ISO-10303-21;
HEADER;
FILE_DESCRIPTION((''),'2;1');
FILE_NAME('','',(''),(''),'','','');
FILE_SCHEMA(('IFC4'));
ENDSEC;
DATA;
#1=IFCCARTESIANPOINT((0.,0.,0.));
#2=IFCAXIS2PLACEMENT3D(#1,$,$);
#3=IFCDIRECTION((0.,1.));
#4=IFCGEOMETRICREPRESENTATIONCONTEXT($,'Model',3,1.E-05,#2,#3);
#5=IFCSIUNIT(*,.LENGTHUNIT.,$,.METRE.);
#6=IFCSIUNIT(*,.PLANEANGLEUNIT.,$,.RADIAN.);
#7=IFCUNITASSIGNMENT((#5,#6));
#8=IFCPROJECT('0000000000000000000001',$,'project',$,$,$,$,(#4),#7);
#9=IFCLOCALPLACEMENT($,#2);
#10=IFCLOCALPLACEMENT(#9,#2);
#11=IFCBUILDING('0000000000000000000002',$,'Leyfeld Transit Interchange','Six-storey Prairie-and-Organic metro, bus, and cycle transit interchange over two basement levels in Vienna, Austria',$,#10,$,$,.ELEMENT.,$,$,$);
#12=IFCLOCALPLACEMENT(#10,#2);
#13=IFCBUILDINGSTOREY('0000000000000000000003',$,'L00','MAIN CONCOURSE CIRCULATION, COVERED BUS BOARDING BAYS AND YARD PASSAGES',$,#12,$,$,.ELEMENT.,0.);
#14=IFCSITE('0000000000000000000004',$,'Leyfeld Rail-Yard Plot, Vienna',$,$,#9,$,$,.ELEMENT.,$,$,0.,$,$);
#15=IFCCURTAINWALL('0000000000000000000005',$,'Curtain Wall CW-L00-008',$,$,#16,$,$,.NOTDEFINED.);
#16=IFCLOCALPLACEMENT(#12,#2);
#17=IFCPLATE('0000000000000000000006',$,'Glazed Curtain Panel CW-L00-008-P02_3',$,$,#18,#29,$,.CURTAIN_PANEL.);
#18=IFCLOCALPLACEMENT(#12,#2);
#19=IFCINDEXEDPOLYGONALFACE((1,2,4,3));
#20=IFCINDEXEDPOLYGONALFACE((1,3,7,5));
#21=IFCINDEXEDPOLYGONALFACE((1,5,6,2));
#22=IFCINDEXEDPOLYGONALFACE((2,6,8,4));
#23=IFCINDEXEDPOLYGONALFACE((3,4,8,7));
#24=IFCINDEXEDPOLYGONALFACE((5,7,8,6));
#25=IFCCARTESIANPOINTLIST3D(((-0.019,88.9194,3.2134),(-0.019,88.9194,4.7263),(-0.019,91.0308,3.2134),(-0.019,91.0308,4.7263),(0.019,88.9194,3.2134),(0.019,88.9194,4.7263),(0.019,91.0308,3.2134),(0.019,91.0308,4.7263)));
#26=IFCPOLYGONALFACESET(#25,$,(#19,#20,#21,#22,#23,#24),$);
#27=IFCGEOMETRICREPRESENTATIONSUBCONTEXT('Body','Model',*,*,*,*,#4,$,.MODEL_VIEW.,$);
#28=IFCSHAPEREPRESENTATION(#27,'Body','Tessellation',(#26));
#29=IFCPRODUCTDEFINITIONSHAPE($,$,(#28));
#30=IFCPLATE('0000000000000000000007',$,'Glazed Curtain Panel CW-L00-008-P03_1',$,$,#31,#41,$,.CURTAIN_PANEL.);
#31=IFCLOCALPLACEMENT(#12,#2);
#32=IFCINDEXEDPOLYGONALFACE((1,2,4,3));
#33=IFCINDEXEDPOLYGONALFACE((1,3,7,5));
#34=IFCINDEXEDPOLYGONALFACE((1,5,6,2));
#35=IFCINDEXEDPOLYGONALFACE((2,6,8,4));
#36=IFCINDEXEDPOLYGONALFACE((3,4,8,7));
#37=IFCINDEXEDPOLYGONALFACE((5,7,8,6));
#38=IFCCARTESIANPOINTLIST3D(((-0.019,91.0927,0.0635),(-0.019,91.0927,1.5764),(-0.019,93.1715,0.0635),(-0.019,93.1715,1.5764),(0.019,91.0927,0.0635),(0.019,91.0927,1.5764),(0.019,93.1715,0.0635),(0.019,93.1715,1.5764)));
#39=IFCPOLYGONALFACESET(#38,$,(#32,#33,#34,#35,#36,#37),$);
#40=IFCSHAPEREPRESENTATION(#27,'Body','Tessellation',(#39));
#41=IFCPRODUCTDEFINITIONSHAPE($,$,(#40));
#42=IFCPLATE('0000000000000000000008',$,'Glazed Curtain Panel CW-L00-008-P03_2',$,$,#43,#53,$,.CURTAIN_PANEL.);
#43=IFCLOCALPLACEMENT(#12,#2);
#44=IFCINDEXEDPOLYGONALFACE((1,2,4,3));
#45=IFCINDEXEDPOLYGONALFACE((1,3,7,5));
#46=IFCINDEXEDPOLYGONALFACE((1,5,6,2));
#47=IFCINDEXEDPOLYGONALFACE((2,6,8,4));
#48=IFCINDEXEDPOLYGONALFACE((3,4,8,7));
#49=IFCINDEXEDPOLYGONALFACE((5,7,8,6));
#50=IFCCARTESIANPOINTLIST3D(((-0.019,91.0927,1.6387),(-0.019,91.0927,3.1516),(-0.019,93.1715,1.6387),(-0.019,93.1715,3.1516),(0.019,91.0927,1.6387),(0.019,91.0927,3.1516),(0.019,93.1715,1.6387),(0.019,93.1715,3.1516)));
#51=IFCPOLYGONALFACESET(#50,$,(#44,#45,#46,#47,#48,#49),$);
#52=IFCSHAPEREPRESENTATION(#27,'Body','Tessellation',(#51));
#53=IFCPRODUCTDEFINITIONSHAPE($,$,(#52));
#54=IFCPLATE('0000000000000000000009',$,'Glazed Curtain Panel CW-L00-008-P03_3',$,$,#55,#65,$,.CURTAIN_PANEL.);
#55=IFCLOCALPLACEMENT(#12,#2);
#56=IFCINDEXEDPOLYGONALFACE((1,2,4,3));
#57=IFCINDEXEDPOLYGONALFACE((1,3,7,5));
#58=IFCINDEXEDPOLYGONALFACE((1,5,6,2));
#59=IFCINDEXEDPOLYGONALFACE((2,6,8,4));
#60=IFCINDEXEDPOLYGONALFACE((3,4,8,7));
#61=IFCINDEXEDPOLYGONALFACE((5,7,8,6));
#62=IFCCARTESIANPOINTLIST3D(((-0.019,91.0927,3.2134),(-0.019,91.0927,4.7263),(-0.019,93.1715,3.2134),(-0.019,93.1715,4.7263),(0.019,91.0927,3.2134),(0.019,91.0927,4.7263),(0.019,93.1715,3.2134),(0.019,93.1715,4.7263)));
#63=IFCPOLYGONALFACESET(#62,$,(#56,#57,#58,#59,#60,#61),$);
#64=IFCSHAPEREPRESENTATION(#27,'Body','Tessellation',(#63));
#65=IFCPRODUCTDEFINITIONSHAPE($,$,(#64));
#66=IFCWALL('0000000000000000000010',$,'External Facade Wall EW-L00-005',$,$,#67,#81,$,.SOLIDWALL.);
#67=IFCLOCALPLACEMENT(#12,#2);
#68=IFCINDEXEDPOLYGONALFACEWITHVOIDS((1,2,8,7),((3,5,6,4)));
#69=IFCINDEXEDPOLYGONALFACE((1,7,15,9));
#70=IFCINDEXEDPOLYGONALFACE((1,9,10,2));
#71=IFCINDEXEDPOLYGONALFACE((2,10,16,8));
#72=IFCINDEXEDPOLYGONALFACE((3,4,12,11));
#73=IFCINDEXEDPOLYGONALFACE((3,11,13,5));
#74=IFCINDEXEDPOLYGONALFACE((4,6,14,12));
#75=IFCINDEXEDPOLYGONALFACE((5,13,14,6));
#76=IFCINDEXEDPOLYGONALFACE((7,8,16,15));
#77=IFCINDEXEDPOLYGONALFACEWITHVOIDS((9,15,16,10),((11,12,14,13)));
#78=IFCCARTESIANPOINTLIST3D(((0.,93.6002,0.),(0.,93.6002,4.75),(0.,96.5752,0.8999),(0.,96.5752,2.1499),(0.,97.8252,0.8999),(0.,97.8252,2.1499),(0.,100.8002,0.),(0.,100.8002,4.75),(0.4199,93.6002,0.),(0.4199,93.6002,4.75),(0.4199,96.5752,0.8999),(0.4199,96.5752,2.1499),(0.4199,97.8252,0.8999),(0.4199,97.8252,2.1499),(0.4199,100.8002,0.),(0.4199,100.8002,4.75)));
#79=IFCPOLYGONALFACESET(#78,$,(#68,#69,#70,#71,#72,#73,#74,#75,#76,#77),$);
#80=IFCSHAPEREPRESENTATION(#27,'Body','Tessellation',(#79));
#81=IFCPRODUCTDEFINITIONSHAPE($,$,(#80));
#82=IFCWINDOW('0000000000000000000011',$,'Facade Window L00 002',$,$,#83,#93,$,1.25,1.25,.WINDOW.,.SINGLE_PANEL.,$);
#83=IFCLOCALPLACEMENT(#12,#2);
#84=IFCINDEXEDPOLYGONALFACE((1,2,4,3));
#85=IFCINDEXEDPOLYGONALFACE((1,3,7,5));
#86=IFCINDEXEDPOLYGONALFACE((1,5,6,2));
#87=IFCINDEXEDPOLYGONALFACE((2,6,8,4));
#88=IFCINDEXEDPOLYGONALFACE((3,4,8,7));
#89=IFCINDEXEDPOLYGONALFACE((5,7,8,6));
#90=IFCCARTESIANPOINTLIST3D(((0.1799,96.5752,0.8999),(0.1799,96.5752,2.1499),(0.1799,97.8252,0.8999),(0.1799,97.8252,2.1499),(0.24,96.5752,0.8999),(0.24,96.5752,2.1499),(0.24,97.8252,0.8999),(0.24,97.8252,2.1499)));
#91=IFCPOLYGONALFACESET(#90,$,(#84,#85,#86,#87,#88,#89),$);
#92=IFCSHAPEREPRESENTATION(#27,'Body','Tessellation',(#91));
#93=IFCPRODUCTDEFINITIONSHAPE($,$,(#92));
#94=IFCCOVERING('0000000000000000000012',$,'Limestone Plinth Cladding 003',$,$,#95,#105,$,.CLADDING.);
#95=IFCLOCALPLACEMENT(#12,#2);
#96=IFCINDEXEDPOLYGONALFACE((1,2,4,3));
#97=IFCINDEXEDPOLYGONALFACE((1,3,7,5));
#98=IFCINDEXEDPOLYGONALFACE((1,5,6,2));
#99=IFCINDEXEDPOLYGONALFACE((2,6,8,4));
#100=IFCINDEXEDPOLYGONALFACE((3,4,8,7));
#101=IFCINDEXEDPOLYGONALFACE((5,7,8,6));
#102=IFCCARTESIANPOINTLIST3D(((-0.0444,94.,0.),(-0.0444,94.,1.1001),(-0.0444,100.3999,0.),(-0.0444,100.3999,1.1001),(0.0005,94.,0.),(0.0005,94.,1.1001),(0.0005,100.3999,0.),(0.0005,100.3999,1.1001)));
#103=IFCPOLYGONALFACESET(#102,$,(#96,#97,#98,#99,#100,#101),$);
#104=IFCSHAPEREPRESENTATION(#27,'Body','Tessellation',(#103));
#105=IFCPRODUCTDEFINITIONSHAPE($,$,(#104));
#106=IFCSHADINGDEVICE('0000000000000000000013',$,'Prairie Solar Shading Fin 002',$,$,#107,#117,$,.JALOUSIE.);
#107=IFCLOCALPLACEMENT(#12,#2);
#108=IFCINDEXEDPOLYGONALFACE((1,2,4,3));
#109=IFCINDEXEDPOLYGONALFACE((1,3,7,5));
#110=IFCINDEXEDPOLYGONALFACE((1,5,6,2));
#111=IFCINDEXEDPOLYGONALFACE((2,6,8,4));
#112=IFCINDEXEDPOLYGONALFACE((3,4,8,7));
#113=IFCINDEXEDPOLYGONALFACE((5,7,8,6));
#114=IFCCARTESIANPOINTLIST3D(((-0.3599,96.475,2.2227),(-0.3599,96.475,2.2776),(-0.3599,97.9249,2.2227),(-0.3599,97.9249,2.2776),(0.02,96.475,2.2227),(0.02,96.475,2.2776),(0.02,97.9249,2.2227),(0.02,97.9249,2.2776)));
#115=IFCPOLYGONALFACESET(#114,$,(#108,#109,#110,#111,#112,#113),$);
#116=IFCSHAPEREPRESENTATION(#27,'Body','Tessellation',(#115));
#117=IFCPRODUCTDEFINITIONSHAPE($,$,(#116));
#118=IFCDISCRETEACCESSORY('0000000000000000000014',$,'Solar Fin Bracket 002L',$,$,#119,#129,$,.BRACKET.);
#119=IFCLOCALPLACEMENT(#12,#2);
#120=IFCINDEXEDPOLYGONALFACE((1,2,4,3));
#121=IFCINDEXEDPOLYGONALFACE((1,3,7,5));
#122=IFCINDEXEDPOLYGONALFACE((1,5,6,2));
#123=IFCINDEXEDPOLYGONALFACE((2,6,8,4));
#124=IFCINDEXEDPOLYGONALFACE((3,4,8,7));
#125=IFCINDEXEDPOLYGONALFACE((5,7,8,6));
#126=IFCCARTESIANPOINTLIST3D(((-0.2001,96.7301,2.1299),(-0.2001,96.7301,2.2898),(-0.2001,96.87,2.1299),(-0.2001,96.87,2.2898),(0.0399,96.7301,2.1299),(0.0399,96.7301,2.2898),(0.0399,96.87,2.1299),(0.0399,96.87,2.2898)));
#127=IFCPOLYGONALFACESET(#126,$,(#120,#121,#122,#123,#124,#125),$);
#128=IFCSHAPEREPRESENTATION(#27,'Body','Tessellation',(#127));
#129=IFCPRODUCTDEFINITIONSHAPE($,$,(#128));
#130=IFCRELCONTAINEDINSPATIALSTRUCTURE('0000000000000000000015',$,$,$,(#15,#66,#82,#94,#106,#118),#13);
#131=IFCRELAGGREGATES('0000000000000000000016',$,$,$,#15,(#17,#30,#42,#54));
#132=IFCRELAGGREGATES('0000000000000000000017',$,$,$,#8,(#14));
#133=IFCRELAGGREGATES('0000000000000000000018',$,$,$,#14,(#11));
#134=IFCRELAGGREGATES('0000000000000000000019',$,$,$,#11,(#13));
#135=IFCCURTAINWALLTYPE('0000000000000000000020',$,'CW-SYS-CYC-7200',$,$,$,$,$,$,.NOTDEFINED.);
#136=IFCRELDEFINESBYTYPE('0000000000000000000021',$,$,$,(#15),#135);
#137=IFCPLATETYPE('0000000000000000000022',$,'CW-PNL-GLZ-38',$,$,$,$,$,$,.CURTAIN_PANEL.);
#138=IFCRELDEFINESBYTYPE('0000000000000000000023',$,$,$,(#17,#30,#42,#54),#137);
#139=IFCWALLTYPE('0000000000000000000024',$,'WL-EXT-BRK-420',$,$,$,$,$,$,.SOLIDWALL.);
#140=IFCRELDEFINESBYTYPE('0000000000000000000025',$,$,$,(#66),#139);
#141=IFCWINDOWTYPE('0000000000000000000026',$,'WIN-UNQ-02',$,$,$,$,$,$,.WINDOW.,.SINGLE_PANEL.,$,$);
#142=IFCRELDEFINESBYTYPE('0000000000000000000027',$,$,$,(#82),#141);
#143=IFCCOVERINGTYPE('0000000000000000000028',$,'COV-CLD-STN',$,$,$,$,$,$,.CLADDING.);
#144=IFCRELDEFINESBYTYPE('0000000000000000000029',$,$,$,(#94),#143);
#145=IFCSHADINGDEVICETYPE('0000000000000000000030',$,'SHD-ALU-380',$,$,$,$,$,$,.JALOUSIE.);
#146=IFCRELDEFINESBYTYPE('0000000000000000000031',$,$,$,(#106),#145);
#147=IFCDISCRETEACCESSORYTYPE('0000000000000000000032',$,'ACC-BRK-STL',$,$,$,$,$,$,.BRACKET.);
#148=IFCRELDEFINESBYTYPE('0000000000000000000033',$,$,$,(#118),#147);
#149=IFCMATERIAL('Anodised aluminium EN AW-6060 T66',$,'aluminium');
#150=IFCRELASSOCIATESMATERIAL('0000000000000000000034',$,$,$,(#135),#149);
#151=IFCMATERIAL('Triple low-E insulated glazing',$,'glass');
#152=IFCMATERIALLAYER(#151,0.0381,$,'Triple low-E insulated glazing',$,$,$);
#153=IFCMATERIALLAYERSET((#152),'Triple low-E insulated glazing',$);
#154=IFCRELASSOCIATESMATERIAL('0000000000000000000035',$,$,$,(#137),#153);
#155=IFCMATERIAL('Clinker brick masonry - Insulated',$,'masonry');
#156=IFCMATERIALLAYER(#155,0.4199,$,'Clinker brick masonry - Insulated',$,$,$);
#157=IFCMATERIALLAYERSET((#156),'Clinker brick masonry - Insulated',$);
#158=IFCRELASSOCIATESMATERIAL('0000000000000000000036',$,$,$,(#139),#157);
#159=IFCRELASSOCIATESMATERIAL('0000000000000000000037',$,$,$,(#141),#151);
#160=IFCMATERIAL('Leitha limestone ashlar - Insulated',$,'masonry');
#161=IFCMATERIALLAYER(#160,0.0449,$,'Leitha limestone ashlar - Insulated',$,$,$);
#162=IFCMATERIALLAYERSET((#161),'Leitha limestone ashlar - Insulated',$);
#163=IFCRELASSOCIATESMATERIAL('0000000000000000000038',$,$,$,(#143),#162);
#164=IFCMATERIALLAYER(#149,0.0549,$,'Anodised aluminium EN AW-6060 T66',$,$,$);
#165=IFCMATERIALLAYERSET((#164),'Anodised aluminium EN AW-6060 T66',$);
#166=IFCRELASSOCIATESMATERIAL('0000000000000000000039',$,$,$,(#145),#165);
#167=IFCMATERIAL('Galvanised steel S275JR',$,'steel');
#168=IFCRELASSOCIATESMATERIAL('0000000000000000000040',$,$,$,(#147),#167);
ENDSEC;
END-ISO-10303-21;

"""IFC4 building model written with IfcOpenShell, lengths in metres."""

from ifc_helpers import new_model, si_unit, direction, frame, frame_2d, origin, origin_2d, place, context, subcontext, project, spatial, rectangle, extrude, material, layer, layer_set, type_object, element, fill, aggregate, save


model = new_model("IFC4")

# Units and contexts
model_context = context("Model", 3, precision=1e-05, world=origin(), true_north=direction((0.0, 1.0)))
body_context = subcontext(model_context, "Body", "Model", "MODEL_VIEW")
ifc_project = project(units=[si_unit("LENGTHUNIT", "METRE"), si_unit("PLANEANGLEUNIT", "RADIAN")], contexts=[model_context])

# Site, building, storey
site_placement = place(None, origin())
site = spatial("IfcSite", under=ifc_project, at=site_placement, Name="Leyfeld Rail-Yard Plot, Vienna", CompositionType="ELEMENT", RefElevation=0.0)
building_placement = place(site_placement, origin())
building = spatial("IfcBuilding", under=site, at=building_placement, Name="Leyfeld Transit Interchange", Description="Six-storey Prairie-and-Organic metro, bus, and cycle transit interchange over two basement levels in Vienna, Austria", CompositionType="ELEMENT")
storey_placement = place(building_placement, origin())
storey = spatial("IfcBuildingStorey", under=building, at=storey_placement, Name="L00", Description="MAIN CONCOURSE CIRCULATION, COVERED BUS BOARDING BAYS AND YARD PASSAGES", CompositionType="ELEMENT", Elevation=0.0)

# Curtain wall, plates
ifc_material_1 = material(Name="Anodised aluminium EN AW-6060 T66", Category="aluminium")
curtain_wall_type = type_object("IfcCurtainWallType", Name="CW-SYS-CYC-7200", PredefinedType="NOTDEFINED", material=ifc_material_1)
curtain_wall_placement = place(storey_placement, origin())
curtain_wall = element("IfcCurtainWall", 1, at=curtain_wall_placement, inside=storey, type_object=curtain_wall_type, Name="Curtain Wall CW-L00-008", PredefinedType="NOTDEFINED")
ifc_material_2 = material(Name="Triple low-E insulated glazing", Category="glass")
ifc_layer_1 = layer(ifc_material_2, 0.0381, Name="Triple low-E insulated glazing")
ifc_layer_set_1 = layer_set([ifc_layer_1], Name="Triple low-E insulated glazing")
plate_type = type_object("IfcPlateType", Name="CW-PNL-GLZ-38", PredefinedType="CURTAIN_PANEL", material=ifc_layer_set_1)
plate_1_placement = place(storey_placement, frame((0.0, 89.9751, 3.2134), z_axis=(0.0, 0.0, 1.0), x_axis=(0.0, 1.0, 0.0)))
plate_1 = element("IfcPlate", 2, at=plate_1_placement, type_object=plate_type, Name="Glazed Curtain Panel CW-L00-008-P02_3", PredefinedType="CURTAIN_PANEL", context=body_context, shape_type="SweptSolid", body=[
    extrude(rectangle(XDim=2.1113, YDim=0.0381, at=origin_2d()), origin(), (0.0, 0.0, 1.0), 1.5129),
])
plate_2_placement = place(storey_placement, frame((0.0, 92.1321, 0.0635), z_axis=(0.0, 0.0, 1.0), x_axis=(0.0, 1.0, 0.0)))
plate_2 = element("IfcPlate", 3, at=plate_2_placement, type_object=plate_type, Name="Glazed Curtain Panel CW-L00-008-P03_1", PredefinedType="CURTAIN_PANEL", context=body_context, shape_type="SweptSolid", body=[
    extrude(rectangle(XDim=2.0789, YDim=0.0381, at=origin_2d()), origin(), (0.0, 0.0, 1.0), 1.5129),
])
plate_3_placement = place(storey_placement, frame((0.0, 92.1321, 1.6387), z_axis=(0.0, 0.0, 1.0), x_axis=(0.0, 1.0, 0.0)))
plate_3 = element("IfcPlate", 4, at=plate_3_placement, type_object=plate_type, Name="Glazed Curtain Panel CW-L00-008-P03_2", PredefinedType="CURTAIN_PANEL", context=body_context, shape_type="SweptSolid", body=[
    extrude(rectangle(XDim=2.0789, YDim=0.0381, at=origin_2d()), origin(), (0.0, 0.0, 1.0), 1.5129),
])
plate_4_placement = place(storey_placement, frame((0.0, 92.1321, 3.2134), z_axis=(0.0, 0.0, 1.0), x_axis=(0.0, 1.0, 0.0)))
plate_4 = element("IfcPlate", 5, at=plate_4_placement, type_object=plate_type, Name="Glazed Curtain Panel CW-L00-008-P03_3", PredefinedType="CURTAIN_PANEL", context=body_context, shape_type="SweptSolid", body=[
    extrude(rectangle(XDim=2.0789, YDim=0.0381, at=origin_2d()), origin(), (0.0, 0.0, 1.0), 1.5129),
])
aggregate(curtain_wall, [plate_1, plate_2, plate_3, plate_4])

# Wall, opening, window
ifc_material_3 = material(Name="Clinker brick masonry - Insulated", Category="masonry")
ifc_layer_2 = layer(ifc_material_3, 0.4199, Name="Clinker brick masonry - Insulated")
ifc_layer_set_2 = layer_set([ifc_layer_2], Name="Clinker brick masonry - Insulated")
wall_type = type_object("IfcWallType", Name="WL-EXT-BRK-420", PredefinedType="SOLIDWALL", material=ifc_layer_set_2)
wall_placement = place(storey_placement, frame((0.21, 93.6001, 0.0), z_axis=(0.0, 0.0, 1.0), x_axis=(0.0, 1.0, 0.0)))
wall = element("IfcWall", 6, at=wall_placement, inside=storey, type_object=wall_type, Name="External Facade Wall EW-L00-005", PredefinedType="SOLIDWALL", context=body_context, shape_type="SweptSolid", body=[
    extrude(rectangle(XDim=7.2, YDim=0.4199, at=frame_2d((3.6001, 0.0))), origin(), (0.0, 0.0, 1.0), 4.75),
])
opening_placement = place(wall_placement, frame((2.9751, 0.0, 0.8999)))
opening = element("IfcOpeningElement", 7, at=opening_placement, cuts=wall, PredefinedType="OPENING", context=body_context, shape_type="SweptSolid", body=[
    extrude(rectangle(XDim=1.25, YDim=1.25, at=frame_2d((0.625, 0.625))), frame((0.0, 0.22, 0.0), z_axis=(0.0, -1.0, 0.0), x_axis=(1.0, 0.0, 0.0)), (0.0, 0.0, 1.0), 0.4399),
])
window_type = type_object("IfcWindowType", Name="WIN-UNQ-02", PartitioningType="SINGLE_PANEL", PredefinedType="WINDOW", material=ifc_material_2)
window_placement = place(opening_placement, origin())
window = element("IfcWindow", 8, at=window_placement, inside=storey, type_object=window_type, Name="Facade Window L00 002", OverallHeight=1.25, OverallWidth=1.25, PartitioningType="SINGLE_PANEL", PredefinedType="WINDOW", context=body_context, shape_type="SweptSolid", body=[
    extrude(rectangle(XDim=1.25, YDim=1.25, at=frame_2d((0.625, 0.625))), frame((0.0, 0.03, 0.0), z_axis=(0.0, -1.0, 0.0), x_axis=(1.0, 0.0, 0.0)), (0.0, 0.0, 1.0), 0.0601),
])
fill(opening, window)

# Covering
ifc_material_4 = material(Name="Leitha limestone ashlar - Insulated", Category="masonry")
ifc_layer_3 = layer(ifc_material_4, 0.0449, Name="Leitha limestone ashlar - Insulated")
ifc_layer_set_3 = layer_set([ifc_layer_3], Name="Leitha limestone ashlar - Insulated")
covering_type = type_object("IfcCoveringType", Name="COV-CLD-STN", PredefinedType="CLADDING", material=ifc_layer_set_3)
covering_placement = place(storey_placement, frame((-0.022, 97.2, 0.0), z_axis=(0.0, 0.0, 1.0), x_axis=(0.0, 1.0, 0.0)))
element("IfcCovering", 9, at=covering_placement, inside=storey, type_object=covering_type, Name="Limestone Plinth Cladding 003", PredefinedType="CLADDING", context=body_context, shape_type="SweptSolid", body=[
    extrude(rectangle(XDim=6.3999, YDim=0.0449, at=origin_2d()), origin(), (0.0, 0.0, 1.0), 1.1001),
])

# Shading device
ifc_layer_4 = layer(ifc_material_1, 0.0549, Name="Anodised aluminium EN AW-6060 T66")
ifc_layer_set_4 = layer_set([ifc_layer_4], Name="Anodised aluminium EN AW-6060 T66")
shading_device_type = type_object("IfcShadingDeviceType", Name="SHD-ALU-380", PredefinedType="JALOUSIE", material=ifc_layer_set_4)
shading_device_placement = place(storey_placement, frame((-0.1699, 97.2, 2.2227), z_axis=(0.0, 0.0, 1.0), x_axis=(0.0, 1.0, 0.0)))
element("IfcShadingDevice", 10, at=shading_device_placement, inside=storey, type_object=shading_device_type, Name="Prairie Solar Shading Fin 002", PredefinedType="JALOUSIE", context=body_context, shape_type="SweptSolid", body=[
    extrude(rectangle(XDim=1.45, YDim=0.3799, at=origin_2d()), origin(), (0.0, 0.0, 1.0), 0.0549),
])

# Discrete accessory
ifc_material_5 = material(Name="Galvanised steel S275JR", Category="steel")
discrete_accessory_type = type_object("IfcDiscreteAccessoryType", Name="ACC-BRK-STL", PredefinedType="BRACKET", material=ifc_material_5)
discrete_accessory_placement = place(storey_placement, frame((-0.0801, 96.8, 2.1299), z_axis=(0.0, 0.0, 1.0), x_axis=(0.0, 1.0, 0.0)))
element("IfcDiscreteAccessory", 11, at=discrete_accessory_placement, inside=storey, type_object=discrete_accessory_type, Name="Solar Fin Bracket 002L", PredefinedType="BRACKET", context=body_context, shape_type="SweptSolid", body=[
    extrude(rectangle(XDim=0.1399, YDim=0.24, at=origin_2d()), origin(), (0.0, 0.0, 1.0), 0.1599),
])

save(model, "model.ifc")
